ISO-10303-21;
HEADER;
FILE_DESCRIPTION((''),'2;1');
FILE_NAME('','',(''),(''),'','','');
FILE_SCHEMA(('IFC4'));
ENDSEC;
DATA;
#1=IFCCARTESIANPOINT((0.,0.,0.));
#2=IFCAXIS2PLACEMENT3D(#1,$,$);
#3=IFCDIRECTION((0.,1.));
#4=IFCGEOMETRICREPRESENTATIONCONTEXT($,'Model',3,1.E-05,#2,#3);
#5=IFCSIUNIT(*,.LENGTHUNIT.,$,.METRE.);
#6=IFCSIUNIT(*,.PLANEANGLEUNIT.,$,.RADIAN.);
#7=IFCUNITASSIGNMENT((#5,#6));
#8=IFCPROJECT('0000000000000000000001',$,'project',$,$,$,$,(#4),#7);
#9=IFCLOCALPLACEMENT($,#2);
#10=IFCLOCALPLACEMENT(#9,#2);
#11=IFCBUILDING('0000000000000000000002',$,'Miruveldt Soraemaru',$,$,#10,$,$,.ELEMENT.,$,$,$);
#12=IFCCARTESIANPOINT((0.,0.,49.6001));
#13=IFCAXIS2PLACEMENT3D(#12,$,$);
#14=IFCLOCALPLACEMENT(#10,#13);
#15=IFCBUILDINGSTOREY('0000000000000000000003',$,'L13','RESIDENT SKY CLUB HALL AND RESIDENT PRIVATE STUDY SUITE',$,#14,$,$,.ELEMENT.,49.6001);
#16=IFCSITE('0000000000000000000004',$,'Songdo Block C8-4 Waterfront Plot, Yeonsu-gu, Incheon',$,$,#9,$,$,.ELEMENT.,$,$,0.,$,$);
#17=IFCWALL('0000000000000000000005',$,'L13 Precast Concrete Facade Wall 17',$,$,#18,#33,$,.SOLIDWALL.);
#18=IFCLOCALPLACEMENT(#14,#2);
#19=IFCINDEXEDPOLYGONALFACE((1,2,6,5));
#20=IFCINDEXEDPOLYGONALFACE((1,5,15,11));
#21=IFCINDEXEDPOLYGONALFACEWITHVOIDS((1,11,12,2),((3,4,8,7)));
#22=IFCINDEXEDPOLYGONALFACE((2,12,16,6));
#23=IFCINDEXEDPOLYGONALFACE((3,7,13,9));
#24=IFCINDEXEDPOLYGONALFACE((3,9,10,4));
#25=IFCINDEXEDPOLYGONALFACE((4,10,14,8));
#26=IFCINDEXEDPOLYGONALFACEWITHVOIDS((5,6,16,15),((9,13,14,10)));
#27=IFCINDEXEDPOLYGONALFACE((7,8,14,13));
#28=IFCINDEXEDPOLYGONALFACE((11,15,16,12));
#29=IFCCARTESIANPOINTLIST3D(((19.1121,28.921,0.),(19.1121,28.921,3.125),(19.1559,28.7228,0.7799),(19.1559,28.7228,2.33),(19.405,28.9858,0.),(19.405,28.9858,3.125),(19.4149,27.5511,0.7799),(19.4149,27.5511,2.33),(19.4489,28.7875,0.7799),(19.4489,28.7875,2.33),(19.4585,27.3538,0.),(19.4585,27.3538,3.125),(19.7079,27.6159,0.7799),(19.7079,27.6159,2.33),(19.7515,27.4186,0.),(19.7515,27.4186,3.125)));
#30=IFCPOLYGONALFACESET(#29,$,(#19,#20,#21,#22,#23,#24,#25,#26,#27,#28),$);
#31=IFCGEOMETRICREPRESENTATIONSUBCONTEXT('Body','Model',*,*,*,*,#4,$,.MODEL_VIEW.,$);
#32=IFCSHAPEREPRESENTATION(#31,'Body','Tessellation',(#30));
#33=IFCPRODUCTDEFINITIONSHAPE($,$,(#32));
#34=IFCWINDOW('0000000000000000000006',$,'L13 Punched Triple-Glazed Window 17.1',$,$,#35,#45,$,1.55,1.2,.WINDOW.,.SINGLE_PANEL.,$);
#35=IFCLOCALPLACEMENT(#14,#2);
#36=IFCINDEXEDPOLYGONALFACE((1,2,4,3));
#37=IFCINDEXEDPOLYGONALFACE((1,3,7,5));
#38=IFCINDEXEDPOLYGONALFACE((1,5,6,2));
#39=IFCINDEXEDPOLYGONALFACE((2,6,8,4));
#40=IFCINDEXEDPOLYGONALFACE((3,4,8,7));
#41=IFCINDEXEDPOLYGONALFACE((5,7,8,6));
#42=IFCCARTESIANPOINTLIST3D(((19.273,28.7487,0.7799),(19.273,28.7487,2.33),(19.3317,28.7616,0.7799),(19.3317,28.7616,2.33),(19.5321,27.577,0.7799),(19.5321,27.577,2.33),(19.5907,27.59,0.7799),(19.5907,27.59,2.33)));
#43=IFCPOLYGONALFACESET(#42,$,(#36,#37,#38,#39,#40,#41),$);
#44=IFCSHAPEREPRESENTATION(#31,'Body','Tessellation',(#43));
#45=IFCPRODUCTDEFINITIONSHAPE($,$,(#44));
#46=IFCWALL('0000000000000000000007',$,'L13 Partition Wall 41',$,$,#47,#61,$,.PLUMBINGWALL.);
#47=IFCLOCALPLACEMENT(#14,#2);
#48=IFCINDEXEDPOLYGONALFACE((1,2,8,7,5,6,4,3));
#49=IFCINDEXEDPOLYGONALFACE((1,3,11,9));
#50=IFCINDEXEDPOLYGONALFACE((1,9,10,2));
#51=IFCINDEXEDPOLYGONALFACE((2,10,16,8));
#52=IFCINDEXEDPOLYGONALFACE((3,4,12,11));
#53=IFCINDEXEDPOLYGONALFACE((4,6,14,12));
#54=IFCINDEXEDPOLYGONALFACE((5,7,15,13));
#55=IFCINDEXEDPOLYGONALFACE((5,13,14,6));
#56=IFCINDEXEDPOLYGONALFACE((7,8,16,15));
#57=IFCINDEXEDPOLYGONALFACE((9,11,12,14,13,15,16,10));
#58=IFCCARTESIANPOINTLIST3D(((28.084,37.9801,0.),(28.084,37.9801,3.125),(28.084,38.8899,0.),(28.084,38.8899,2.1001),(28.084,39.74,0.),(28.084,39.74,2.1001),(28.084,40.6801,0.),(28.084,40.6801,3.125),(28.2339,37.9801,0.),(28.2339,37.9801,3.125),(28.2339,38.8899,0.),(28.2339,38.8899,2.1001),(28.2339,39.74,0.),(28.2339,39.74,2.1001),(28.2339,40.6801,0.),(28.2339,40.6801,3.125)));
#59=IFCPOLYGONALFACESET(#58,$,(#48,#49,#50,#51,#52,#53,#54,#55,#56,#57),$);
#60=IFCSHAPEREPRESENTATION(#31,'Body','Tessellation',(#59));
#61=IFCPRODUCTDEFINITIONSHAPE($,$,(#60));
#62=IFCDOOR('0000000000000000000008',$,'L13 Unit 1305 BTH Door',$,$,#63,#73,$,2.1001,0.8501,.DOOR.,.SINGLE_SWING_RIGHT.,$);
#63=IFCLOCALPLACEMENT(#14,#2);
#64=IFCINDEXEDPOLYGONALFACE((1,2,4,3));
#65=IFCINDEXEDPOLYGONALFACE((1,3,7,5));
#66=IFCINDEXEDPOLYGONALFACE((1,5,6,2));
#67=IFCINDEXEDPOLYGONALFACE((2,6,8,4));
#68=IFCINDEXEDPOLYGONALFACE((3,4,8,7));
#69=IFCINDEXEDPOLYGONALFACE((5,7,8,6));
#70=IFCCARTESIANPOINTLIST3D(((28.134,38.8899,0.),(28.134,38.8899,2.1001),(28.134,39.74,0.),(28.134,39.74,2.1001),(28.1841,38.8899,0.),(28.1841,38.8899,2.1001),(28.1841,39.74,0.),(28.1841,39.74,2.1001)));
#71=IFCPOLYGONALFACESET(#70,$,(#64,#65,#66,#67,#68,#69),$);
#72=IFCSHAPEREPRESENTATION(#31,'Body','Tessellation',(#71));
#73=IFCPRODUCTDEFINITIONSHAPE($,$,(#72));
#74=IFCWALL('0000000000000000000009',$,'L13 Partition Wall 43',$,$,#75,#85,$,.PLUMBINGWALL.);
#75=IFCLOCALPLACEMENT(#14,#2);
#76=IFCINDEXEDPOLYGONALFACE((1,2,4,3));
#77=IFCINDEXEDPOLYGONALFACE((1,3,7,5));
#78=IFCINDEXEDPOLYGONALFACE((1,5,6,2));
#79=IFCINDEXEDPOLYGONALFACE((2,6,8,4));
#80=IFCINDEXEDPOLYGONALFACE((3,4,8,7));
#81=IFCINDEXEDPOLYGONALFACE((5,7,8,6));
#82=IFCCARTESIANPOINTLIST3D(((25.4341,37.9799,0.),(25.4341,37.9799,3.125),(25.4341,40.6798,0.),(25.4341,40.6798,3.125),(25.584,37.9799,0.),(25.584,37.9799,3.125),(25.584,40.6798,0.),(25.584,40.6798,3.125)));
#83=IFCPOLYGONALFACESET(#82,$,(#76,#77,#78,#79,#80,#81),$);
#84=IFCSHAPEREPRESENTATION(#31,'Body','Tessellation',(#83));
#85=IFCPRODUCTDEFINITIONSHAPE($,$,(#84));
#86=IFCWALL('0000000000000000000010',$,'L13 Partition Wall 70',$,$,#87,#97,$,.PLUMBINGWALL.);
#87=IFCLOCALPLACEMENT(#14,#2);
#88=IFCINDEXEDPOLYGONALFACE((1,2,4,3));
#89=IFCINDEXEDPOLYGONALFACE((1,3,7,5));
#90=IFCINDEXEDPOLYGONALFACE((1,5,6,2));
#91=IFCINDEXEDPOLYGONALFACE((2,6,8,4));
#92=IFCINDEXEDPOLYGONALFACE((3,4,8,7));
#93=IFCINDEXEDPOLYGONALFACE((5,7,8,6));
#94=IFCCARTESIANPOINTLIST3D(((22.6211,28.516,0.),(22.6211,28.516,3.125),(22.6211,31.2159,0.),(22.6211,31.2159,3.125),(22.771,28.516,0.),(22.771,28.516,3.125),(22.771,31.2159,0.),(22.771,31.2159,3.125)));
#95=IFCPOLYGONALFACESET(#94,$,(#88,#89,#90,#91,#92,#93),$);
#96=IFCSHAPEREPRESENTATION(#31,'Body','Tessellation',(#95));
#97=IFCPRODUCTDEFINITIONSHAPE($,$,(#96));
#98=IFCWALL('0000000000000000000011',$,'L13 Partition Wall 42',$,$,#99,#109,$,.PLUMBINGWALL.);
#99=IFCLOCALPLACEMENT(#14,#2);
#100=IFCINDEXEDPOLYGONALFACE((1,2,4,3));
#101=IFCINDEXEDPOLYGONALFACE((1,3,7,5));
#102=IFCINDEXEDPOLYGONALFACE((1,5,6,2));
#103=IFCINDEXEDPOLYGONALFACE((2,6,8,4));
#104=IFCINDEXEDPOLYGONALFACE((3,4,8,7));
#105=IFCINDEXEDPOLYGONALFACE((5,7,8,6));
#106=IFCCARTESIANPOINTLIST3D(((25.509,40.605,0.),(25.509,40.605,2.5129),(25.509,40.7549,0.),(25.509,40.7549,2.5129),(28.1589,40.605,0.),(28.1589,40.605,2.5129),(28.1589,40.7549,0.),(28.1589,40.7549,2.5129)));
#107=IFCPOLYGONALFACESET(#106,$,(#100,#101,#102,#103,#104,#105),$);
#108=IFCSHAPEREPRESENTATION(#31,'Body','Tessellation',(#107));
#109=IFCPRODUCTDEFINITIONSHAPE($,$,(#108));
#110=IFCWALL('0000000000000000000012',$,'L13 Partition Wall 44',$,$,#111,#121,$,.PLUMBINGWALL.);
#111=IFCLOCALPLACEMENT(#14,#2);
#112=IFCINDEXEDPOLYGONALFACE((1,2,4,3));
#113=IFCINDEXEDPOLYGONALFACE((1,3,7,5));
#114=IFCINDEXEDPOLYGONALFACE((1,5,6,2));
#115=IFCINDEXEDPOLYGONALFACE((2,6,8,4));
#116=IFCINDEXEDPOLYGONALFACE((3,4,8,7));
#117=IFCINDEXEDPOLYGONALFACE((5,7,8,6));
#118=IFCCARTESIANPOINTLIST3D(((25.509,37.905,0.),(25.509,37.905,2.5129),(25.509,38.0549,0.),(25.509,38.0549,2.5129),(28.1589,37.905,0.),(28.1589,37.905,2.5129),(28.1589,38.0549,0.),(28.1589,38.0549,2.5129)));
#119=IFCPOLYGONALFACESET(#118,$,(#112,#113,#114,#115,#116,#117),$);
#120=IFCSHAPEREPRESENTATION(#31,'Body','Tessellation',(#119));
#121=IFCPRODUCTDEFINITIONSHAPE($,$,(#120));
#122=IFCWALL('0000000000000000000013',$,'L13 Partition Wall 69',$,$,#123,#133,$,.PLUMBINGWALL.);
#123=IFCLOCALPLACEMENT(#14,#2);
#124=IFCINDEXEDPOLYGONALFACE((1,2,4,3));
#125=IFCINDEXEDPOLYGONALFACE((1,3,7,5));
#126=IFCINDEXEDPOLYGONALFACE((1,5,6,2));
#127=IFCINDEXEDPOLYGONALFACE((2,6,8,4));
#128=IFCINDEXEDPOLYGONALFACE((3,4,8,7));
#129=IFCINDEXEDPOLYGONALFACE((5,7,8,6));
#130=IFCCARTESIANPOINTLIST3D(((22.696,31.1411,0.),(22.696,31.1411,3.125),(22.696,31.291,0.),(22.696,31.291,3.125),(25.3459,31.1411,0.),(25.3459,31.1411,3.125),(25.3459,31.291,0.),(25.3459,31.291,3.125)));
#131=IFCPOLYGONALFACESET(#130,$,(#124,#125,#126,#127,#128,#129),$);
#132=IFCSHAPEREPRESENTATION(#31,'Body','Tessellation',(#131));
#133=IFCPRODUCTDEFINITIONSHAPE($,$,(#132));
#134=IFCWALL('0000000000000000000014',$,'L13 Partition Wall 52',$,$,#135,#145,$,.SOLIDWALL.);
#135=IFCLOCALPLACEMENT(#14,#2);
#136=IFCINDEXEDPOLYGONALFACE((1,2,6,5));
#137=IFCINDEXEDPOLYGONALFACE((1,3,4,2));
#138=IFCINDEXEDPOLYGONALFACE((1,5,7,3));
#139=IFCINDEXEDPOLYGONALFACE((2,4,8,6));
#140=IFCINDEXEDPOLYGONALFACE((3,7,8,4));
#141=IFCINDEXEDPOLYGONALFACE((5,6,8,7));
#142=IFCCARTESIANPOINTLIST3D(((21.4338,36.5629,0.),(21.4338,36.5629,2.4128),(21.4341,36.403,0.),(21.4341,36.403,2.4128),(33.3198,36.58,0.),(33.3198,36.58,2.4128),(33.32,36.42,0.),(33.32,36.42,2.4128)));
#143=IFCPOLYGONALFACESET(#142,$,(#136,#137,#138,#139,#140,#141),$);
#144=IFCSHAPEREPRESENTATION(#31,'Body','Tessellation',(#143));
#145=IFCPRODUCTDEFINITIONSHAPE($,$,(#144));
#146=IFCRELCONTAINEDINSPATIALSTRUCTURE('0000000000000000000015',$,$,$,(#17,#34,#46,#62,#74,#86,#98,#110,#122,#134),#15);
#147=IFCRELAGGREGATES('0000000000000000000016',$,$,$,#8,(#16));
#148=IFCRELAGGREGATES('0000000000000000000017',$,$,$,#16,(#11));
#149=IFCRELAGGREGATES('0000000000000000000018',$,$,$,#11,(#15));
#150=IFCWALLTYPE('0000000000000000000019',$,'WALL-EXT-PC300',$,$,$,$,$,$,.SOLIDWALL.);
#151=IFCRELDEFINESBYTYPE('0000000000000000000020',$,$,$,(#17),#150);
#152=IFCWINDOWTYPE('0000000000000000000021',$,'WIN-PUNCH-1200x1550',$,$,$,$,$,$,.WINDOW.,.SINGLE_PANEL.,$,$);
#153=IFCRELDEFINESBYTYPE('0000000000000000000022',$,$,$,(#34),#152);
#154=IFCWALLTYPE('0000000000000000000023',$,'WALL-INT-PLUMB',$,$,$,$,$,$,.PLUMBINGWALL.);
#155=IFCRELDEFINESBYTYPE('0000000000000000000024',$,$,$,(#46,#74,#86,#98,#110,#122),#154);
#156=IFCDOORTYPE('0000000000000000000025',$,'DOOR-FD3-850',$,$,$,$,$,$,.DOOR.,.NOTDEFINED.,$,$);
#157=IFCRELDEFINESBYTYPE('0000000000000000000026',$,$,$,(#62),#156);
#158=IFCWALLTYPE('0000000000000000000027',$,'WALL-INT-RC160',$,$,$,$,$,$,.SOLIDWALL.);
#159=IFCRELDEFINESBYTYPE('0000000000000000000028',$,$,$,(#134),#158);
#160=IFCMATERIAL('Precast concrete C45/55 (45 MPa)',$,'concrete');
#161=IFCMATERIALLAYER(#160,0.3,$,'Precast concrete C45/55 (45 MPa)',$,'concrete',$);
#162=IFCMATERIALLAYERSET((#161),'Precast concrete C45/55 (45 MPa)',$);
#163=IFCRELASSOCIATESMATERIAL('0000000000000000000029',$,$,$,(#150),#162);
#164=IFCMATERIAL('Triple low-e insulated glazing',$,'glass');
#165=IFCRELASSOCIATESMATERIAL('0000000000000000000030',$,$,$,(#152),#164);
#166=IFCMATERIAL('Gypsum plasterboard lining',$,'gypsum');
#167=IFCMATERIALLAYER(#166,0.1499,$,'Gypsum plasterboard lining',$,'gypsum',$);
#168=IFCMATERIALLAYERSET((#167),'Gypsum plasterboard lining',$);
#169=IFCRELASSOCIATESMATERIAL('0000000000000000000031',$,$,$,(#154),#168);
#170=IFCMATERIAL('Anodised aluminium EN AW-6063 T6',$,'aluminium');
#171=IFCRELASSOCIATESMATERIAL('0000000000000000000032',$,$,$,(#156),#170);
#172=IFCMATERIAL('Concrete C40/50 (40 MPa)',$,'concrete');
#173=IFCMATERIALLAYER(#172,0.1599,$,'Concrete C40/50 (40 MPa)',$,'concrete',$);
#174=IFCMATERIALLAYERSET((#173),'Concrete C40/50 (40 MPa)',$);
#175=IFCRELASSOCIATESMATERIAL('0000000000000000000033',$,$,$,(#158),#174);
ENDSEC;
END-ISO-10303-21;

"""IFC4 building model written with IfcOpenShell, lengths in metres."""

from ifc_helpers import new_model, si_unit, direction, frame, frame_2d, origin, place, context, subcontext, project, spatial, rectangle, extrude, material, layer, layer_set, type_object, element, fill, save


model = new_model("IFC4")

# Units and contexts
model_context = context("Model", 3, precision=1e-05, world=origin(), true_north=direction((0.0, 1.0)))
body_context = subcontext(model_context, "Body", "Model", "MODEL_VIEW")
ifc_project = project(units=[si_unit("LENGTHUNIT", "METRE"), si_unit("PLANEANGLEUNIT", "RADIAN")], contexts=[model_context])

# Site, building, storey
site_placement = place(None, origin())
site = spatial("IfcSite", under=ifc_project, at=site_placement, Name="Songdo Block C8-4 Waterfront Plot, Yeonsu-gu, Incheon", CompositionType="ELEMENT", RefElevation=0.0)
building_placement = place(site_placement, origin())
building = spatial("IfcBuilding", under=site, at=building_placement, Name="Miruveldt Soraemaru", CompositionType="ELEMENT")
storey_placement = place(building_placement, frame((0.0, 0.0, 49.6001)))
storey = spatial("IfcBuildingStorey", under=building, at=storey_placement, Name="L13", Description="RESIDENT SKY CLUB HALL AND RESIDENT PRIVATE STUDY SUITE", CompositionType="ELEMENT", Elevation=49.6001)

# Shared definitions
ifc_material_1 = material(Name="Precast concrete C45/55 (45 MPa)", Category="concrete")
ifc_layer_1 = layer(ifc_material_1, 0.3, Name="Precast concrete C45/55 (45 MPa)", Category="concrete")
ifc_layer_set_1 = layer_set([ifc_layer_1], Name="Precast concrete C45/55 (45 MPa)")
wall_type_1 = type_object("IfcWallType", Name="WALL-EXT-PC300", PredefinedType="SOLIDWALL", material=ifc_layer_set_1)
ifc_material_2 = material(Name="Triple low-e insulated glazing", Category="glass")
window_type_1 = type_object("IfcWindowType", Name="WIN-PUNCH-1200x1550", PartitioningType="SINGLE_PANEL", PredefinedType="WINDOW", material=ifc_material_2)

# Wall, opening, window
wall_1_placement = place(storey_placement, frame((19.2585, 28.9534, 0.0), z_axis=(0.0, 0.0, 1.0), x_axis=(0.215851, -0.976426, 0.0)))
wall_1 = element("IfcWall", 1, at=wall_1_placement, inside=storey, type_object=wall_type_1, Name="L13 Precast Concrete Facade Wall 17", PredefinedType="SOLIDWALL", context=body_context, shape_type="SweptSolid", body=[
    extrude(rectangle(XDim=1.605, YDim=0.3, at=frame_2d((0.8025, 0.0))), origin(), (0.0, 0.0, 1.0), 3.125),
])
opening_1_placement = place(wall_1_placement, frame((0.2029, 0.0, 0.78)))
opening_1 = element("IfcOpeningElement", 2, at=opening_1_placement, cuts=wall_1, PredefinedType="OPENING", context=body_context, shape_type="SweptSolid", body=[
    extrude(rectangle(XDim=1.2, YDim=1.55, at=frame_2d((0.6001, 0.7749))), frame((0.0, 0.1602, 0.0), z_axis=(0.0, -1.0, 0.0), x_axis=(1.0, 0.0, 0.0)), (0.0, 0.0, 1.0), 0.3201),
])
window_1_placement = place(opening_1_placement, origin())
window_1 = element("IfcWindow", 3, at=window_1_placement, inside=storey, type_object=window_type_1, Name="L13 Punched Triple-Glazed Window 17.1", OverallHeight=1.55, OverallWidth=1.2, PartitioningType="SINGLE_PANEL", PredefinedType="WINDOW", context=body_context, shape_type="SweptSolid", body=[
    extrude(rectangle(XDim=1.2, YDim=1.55, at=frame_2d((0.6001, 0.7749))), frame((0.0, 0.03, 0.0), z_axis=(0.0, -1.0, 0.0), x_axis=(1.0, 0.0, 0.0)), (0.0, 0.0, 1.0), 0.0601),
])
fill(opening_1, window_1)

# Wall, opening, door
ifc_material_3 = material(Name="Gypsum plasterboard lining", Category="gypsum")
ifc_layer_2 = layer(ifc_material_3, 0.1499, Name="Gypsum plasterboard lining", Category="gypsum")
ifc_layer_set_2 = layer_set([ifc_layer_2], Name="Gypsum plasterboard lining")
wall_type_2 = type_object("IfcWallType", Name="WALL-INT-PLUMB", PredefinedType="PLUMBINGWALL", material=ifc_layer_set_2)
wall_2_placement = place(storey_placement, frame((28.1589, 37.98, 0.0), z_axis=(0.0, 0.0, 1.0), x_axis=(0.0, 1.0, 0.0)))
wall_2 = element("IfcWall", 4, at=wall_2_placement, inside=storey, type_object=wall_type_2, Name="L13 Partition Wall 41", PredefinedType="PLUMBINGWALL", context=body_context, shape_type="SweptSolid", body=[
    extrude(rectangle(XDim=2.7, YDim=0.1499, at=frame_2d((1.3501, 0.0))), origin(), (0.0, 0.0, 1.0), 3.125),
])
opening_2_placement = place(wall_2_placement, frame((0.9099, 0.0, 0.0)))
opening_2 = element("IfcOpeningElement", 5, at=opening_2_placement, cuts=wall_2, PredefinedType="OPENING", context=body_context, shape_type="SweptSolid", body=[
    extrude(rectangle(XDim=0.8501, YDim=2.1001, at=frame_2d((0.425, 1.05))), frame((0.0, 0.085, 0.0), z_axis=(0.0, -1.0, 0.0), x_axis=(1.0, 0.0, 0.0)), (0.0, 0.0, 1.0), 0.1699),
])
ifc_material_4 = material(Name="Anodised aluminium EN AW-6063 T6", Category="aluminium")
door_type = type_object("IfcDoorType", Name="DOOR-FD3-850", OperationType="NOTDEFINED", PredefinedType="DOOR", material=ifc_material_4)
door_placement = place(opening_2_placement, origin())
door = element("IfcDoor", 6, at=door_placement, inside=storey, type_object=door_type, Name="L13 Unit 1305 BTH Door", OperationType="SINGLE_SWING_RIGHT", OverallHeight=2.1001, OverallWidth=0.8501, PredefinedType="DOOR", context=body_context, shape_type="SweptSolid", body=[
    extrude(rectangle(XDim=0.8501, YDim=2.1001, at=frame_2d((0.425, 1.05))), frame((0.0, 0.0249, 0.0), z_axis=(0.0, -1.0, 0.0), x_axis=(1.0, 0.0, 0.0)), (0.0, 0.0, 1.0), 0.05),
])
fill(opening_2, door)

# Walls
for number, where, z_axis, x_axis, name in (
    (7, (25.509, 40.6799, 0.0), (0.0, 0.0, 1.0), (0.0, -1.0, 0.0), "L13 Partition Wall 43"),
    (8, (22.696, 31.2161, 0.0), (0.0, 0.0, 1.0), (0.0, -1.0, 0.0), "L13 Partition Wall 70"),
):
    element("IfcWall", number, at=place(storey_placement, frame(where, z_axis=z_axis, x_axis=x_axis)), inside=storey, type_object=wall_type_2, Name=name, PredefinedType="PLUMBINGWALL", context=body_context, shape_type="SweptSolid", body=[
        extrude(rectangle(XDim=2.7, YDim=0.1499, at=frame_2d((1.3501, 0.0))), origin(), (0.0, 0.0, 1.0), 3.125),
    ])
for number, where, z_axis, x_axis, name in (
    (9, (28.1589, 40.6799, 0.0), (0.0, 0.0, 1.0), (-1.0, 0.0, 0.0), "L13 Partition Wall 42"),
    (10, (25.509, 37.98, 0.0), (0.0, 0.0, 1.0), (1.0, 0.0, 0.0), "L13 Partition Wall 44"),
):
    element("IfcWall", number, at=place(storey_placement, frame(where, z_axis=z_axis, x_axis=x_axis)), inside=storey, type_object=wall_type_2, Name=name, PredefinedType="PLUMBINGWALL", context=body_context, shape_type="SweptSolid", body=[
        extrude(rectangle(XDim=2.6499, YDim=0.1499, at=frame_2d((1.325, 0.0))), origin(), (0.0, 0.0, 1.0), 2.5129),
    ])
wall_3_placement = place(storey_placement, frame((25.3459, 31.2161, 0.0), z_axis=(0.0, 0.0, 1.0), x_axis=(-1.0, 0.0, 0.0)))
element("IfcWall", 11, at=wall_3_placement, inside=storey, type_object=wall_type_2, Name="L13 Partition Wall 69", PredefinedType="PLUMBINGWALL", context=body_context, shape_type="SweptSolid", body=[
    extrude(rectangle(XDim=2.6499, YDim=0.1499, at=frame_2d((1.325, 0.0))), origin(), (0.0, 0.0, 1.0), 3.125),
])
ifc_material_5 = material(Name="Concrete C40/50 (40 MPa)", Category="concrete")
ifc_layer_3 = layer(ifc_material_5, 0.1599, Name="Concrete C40/50 (40 MPa)", Category="concrete")
ifc_layer_set_3 = layer_set([ifc_layer_3], Name="Concrete C40/50 (40 MPa)")
wall_type_3 = type_object("IfcWallType", Name="WALL-INT-RC160", PredefinedType="SOLIDWALL", material=ifc_layer_set_3)
wall_4_placement = place(storey_placement, frame((21.4341, 36.4829, 0.0), z_axis=(0.0, 0.0, 1.0), x_axis=(0.999999, 0.001438, 0.0)))
element("IfcWall", 12, at=wall_4_placement, inside=storey, type_object=wall_type_3, Name="L13 Partition Wall 52", PredefinedType="SOLIDWALL", context=body_context, shape_type="SweptSolid", body=[
    extrude(rectangle(XDim=11.886, YDim=0.1599, at=frame_2d((5.9429, 0.0))), origin(), (0.0, 0.0, 1.0), 2.4128),
])

save(model, "model.ifc")
